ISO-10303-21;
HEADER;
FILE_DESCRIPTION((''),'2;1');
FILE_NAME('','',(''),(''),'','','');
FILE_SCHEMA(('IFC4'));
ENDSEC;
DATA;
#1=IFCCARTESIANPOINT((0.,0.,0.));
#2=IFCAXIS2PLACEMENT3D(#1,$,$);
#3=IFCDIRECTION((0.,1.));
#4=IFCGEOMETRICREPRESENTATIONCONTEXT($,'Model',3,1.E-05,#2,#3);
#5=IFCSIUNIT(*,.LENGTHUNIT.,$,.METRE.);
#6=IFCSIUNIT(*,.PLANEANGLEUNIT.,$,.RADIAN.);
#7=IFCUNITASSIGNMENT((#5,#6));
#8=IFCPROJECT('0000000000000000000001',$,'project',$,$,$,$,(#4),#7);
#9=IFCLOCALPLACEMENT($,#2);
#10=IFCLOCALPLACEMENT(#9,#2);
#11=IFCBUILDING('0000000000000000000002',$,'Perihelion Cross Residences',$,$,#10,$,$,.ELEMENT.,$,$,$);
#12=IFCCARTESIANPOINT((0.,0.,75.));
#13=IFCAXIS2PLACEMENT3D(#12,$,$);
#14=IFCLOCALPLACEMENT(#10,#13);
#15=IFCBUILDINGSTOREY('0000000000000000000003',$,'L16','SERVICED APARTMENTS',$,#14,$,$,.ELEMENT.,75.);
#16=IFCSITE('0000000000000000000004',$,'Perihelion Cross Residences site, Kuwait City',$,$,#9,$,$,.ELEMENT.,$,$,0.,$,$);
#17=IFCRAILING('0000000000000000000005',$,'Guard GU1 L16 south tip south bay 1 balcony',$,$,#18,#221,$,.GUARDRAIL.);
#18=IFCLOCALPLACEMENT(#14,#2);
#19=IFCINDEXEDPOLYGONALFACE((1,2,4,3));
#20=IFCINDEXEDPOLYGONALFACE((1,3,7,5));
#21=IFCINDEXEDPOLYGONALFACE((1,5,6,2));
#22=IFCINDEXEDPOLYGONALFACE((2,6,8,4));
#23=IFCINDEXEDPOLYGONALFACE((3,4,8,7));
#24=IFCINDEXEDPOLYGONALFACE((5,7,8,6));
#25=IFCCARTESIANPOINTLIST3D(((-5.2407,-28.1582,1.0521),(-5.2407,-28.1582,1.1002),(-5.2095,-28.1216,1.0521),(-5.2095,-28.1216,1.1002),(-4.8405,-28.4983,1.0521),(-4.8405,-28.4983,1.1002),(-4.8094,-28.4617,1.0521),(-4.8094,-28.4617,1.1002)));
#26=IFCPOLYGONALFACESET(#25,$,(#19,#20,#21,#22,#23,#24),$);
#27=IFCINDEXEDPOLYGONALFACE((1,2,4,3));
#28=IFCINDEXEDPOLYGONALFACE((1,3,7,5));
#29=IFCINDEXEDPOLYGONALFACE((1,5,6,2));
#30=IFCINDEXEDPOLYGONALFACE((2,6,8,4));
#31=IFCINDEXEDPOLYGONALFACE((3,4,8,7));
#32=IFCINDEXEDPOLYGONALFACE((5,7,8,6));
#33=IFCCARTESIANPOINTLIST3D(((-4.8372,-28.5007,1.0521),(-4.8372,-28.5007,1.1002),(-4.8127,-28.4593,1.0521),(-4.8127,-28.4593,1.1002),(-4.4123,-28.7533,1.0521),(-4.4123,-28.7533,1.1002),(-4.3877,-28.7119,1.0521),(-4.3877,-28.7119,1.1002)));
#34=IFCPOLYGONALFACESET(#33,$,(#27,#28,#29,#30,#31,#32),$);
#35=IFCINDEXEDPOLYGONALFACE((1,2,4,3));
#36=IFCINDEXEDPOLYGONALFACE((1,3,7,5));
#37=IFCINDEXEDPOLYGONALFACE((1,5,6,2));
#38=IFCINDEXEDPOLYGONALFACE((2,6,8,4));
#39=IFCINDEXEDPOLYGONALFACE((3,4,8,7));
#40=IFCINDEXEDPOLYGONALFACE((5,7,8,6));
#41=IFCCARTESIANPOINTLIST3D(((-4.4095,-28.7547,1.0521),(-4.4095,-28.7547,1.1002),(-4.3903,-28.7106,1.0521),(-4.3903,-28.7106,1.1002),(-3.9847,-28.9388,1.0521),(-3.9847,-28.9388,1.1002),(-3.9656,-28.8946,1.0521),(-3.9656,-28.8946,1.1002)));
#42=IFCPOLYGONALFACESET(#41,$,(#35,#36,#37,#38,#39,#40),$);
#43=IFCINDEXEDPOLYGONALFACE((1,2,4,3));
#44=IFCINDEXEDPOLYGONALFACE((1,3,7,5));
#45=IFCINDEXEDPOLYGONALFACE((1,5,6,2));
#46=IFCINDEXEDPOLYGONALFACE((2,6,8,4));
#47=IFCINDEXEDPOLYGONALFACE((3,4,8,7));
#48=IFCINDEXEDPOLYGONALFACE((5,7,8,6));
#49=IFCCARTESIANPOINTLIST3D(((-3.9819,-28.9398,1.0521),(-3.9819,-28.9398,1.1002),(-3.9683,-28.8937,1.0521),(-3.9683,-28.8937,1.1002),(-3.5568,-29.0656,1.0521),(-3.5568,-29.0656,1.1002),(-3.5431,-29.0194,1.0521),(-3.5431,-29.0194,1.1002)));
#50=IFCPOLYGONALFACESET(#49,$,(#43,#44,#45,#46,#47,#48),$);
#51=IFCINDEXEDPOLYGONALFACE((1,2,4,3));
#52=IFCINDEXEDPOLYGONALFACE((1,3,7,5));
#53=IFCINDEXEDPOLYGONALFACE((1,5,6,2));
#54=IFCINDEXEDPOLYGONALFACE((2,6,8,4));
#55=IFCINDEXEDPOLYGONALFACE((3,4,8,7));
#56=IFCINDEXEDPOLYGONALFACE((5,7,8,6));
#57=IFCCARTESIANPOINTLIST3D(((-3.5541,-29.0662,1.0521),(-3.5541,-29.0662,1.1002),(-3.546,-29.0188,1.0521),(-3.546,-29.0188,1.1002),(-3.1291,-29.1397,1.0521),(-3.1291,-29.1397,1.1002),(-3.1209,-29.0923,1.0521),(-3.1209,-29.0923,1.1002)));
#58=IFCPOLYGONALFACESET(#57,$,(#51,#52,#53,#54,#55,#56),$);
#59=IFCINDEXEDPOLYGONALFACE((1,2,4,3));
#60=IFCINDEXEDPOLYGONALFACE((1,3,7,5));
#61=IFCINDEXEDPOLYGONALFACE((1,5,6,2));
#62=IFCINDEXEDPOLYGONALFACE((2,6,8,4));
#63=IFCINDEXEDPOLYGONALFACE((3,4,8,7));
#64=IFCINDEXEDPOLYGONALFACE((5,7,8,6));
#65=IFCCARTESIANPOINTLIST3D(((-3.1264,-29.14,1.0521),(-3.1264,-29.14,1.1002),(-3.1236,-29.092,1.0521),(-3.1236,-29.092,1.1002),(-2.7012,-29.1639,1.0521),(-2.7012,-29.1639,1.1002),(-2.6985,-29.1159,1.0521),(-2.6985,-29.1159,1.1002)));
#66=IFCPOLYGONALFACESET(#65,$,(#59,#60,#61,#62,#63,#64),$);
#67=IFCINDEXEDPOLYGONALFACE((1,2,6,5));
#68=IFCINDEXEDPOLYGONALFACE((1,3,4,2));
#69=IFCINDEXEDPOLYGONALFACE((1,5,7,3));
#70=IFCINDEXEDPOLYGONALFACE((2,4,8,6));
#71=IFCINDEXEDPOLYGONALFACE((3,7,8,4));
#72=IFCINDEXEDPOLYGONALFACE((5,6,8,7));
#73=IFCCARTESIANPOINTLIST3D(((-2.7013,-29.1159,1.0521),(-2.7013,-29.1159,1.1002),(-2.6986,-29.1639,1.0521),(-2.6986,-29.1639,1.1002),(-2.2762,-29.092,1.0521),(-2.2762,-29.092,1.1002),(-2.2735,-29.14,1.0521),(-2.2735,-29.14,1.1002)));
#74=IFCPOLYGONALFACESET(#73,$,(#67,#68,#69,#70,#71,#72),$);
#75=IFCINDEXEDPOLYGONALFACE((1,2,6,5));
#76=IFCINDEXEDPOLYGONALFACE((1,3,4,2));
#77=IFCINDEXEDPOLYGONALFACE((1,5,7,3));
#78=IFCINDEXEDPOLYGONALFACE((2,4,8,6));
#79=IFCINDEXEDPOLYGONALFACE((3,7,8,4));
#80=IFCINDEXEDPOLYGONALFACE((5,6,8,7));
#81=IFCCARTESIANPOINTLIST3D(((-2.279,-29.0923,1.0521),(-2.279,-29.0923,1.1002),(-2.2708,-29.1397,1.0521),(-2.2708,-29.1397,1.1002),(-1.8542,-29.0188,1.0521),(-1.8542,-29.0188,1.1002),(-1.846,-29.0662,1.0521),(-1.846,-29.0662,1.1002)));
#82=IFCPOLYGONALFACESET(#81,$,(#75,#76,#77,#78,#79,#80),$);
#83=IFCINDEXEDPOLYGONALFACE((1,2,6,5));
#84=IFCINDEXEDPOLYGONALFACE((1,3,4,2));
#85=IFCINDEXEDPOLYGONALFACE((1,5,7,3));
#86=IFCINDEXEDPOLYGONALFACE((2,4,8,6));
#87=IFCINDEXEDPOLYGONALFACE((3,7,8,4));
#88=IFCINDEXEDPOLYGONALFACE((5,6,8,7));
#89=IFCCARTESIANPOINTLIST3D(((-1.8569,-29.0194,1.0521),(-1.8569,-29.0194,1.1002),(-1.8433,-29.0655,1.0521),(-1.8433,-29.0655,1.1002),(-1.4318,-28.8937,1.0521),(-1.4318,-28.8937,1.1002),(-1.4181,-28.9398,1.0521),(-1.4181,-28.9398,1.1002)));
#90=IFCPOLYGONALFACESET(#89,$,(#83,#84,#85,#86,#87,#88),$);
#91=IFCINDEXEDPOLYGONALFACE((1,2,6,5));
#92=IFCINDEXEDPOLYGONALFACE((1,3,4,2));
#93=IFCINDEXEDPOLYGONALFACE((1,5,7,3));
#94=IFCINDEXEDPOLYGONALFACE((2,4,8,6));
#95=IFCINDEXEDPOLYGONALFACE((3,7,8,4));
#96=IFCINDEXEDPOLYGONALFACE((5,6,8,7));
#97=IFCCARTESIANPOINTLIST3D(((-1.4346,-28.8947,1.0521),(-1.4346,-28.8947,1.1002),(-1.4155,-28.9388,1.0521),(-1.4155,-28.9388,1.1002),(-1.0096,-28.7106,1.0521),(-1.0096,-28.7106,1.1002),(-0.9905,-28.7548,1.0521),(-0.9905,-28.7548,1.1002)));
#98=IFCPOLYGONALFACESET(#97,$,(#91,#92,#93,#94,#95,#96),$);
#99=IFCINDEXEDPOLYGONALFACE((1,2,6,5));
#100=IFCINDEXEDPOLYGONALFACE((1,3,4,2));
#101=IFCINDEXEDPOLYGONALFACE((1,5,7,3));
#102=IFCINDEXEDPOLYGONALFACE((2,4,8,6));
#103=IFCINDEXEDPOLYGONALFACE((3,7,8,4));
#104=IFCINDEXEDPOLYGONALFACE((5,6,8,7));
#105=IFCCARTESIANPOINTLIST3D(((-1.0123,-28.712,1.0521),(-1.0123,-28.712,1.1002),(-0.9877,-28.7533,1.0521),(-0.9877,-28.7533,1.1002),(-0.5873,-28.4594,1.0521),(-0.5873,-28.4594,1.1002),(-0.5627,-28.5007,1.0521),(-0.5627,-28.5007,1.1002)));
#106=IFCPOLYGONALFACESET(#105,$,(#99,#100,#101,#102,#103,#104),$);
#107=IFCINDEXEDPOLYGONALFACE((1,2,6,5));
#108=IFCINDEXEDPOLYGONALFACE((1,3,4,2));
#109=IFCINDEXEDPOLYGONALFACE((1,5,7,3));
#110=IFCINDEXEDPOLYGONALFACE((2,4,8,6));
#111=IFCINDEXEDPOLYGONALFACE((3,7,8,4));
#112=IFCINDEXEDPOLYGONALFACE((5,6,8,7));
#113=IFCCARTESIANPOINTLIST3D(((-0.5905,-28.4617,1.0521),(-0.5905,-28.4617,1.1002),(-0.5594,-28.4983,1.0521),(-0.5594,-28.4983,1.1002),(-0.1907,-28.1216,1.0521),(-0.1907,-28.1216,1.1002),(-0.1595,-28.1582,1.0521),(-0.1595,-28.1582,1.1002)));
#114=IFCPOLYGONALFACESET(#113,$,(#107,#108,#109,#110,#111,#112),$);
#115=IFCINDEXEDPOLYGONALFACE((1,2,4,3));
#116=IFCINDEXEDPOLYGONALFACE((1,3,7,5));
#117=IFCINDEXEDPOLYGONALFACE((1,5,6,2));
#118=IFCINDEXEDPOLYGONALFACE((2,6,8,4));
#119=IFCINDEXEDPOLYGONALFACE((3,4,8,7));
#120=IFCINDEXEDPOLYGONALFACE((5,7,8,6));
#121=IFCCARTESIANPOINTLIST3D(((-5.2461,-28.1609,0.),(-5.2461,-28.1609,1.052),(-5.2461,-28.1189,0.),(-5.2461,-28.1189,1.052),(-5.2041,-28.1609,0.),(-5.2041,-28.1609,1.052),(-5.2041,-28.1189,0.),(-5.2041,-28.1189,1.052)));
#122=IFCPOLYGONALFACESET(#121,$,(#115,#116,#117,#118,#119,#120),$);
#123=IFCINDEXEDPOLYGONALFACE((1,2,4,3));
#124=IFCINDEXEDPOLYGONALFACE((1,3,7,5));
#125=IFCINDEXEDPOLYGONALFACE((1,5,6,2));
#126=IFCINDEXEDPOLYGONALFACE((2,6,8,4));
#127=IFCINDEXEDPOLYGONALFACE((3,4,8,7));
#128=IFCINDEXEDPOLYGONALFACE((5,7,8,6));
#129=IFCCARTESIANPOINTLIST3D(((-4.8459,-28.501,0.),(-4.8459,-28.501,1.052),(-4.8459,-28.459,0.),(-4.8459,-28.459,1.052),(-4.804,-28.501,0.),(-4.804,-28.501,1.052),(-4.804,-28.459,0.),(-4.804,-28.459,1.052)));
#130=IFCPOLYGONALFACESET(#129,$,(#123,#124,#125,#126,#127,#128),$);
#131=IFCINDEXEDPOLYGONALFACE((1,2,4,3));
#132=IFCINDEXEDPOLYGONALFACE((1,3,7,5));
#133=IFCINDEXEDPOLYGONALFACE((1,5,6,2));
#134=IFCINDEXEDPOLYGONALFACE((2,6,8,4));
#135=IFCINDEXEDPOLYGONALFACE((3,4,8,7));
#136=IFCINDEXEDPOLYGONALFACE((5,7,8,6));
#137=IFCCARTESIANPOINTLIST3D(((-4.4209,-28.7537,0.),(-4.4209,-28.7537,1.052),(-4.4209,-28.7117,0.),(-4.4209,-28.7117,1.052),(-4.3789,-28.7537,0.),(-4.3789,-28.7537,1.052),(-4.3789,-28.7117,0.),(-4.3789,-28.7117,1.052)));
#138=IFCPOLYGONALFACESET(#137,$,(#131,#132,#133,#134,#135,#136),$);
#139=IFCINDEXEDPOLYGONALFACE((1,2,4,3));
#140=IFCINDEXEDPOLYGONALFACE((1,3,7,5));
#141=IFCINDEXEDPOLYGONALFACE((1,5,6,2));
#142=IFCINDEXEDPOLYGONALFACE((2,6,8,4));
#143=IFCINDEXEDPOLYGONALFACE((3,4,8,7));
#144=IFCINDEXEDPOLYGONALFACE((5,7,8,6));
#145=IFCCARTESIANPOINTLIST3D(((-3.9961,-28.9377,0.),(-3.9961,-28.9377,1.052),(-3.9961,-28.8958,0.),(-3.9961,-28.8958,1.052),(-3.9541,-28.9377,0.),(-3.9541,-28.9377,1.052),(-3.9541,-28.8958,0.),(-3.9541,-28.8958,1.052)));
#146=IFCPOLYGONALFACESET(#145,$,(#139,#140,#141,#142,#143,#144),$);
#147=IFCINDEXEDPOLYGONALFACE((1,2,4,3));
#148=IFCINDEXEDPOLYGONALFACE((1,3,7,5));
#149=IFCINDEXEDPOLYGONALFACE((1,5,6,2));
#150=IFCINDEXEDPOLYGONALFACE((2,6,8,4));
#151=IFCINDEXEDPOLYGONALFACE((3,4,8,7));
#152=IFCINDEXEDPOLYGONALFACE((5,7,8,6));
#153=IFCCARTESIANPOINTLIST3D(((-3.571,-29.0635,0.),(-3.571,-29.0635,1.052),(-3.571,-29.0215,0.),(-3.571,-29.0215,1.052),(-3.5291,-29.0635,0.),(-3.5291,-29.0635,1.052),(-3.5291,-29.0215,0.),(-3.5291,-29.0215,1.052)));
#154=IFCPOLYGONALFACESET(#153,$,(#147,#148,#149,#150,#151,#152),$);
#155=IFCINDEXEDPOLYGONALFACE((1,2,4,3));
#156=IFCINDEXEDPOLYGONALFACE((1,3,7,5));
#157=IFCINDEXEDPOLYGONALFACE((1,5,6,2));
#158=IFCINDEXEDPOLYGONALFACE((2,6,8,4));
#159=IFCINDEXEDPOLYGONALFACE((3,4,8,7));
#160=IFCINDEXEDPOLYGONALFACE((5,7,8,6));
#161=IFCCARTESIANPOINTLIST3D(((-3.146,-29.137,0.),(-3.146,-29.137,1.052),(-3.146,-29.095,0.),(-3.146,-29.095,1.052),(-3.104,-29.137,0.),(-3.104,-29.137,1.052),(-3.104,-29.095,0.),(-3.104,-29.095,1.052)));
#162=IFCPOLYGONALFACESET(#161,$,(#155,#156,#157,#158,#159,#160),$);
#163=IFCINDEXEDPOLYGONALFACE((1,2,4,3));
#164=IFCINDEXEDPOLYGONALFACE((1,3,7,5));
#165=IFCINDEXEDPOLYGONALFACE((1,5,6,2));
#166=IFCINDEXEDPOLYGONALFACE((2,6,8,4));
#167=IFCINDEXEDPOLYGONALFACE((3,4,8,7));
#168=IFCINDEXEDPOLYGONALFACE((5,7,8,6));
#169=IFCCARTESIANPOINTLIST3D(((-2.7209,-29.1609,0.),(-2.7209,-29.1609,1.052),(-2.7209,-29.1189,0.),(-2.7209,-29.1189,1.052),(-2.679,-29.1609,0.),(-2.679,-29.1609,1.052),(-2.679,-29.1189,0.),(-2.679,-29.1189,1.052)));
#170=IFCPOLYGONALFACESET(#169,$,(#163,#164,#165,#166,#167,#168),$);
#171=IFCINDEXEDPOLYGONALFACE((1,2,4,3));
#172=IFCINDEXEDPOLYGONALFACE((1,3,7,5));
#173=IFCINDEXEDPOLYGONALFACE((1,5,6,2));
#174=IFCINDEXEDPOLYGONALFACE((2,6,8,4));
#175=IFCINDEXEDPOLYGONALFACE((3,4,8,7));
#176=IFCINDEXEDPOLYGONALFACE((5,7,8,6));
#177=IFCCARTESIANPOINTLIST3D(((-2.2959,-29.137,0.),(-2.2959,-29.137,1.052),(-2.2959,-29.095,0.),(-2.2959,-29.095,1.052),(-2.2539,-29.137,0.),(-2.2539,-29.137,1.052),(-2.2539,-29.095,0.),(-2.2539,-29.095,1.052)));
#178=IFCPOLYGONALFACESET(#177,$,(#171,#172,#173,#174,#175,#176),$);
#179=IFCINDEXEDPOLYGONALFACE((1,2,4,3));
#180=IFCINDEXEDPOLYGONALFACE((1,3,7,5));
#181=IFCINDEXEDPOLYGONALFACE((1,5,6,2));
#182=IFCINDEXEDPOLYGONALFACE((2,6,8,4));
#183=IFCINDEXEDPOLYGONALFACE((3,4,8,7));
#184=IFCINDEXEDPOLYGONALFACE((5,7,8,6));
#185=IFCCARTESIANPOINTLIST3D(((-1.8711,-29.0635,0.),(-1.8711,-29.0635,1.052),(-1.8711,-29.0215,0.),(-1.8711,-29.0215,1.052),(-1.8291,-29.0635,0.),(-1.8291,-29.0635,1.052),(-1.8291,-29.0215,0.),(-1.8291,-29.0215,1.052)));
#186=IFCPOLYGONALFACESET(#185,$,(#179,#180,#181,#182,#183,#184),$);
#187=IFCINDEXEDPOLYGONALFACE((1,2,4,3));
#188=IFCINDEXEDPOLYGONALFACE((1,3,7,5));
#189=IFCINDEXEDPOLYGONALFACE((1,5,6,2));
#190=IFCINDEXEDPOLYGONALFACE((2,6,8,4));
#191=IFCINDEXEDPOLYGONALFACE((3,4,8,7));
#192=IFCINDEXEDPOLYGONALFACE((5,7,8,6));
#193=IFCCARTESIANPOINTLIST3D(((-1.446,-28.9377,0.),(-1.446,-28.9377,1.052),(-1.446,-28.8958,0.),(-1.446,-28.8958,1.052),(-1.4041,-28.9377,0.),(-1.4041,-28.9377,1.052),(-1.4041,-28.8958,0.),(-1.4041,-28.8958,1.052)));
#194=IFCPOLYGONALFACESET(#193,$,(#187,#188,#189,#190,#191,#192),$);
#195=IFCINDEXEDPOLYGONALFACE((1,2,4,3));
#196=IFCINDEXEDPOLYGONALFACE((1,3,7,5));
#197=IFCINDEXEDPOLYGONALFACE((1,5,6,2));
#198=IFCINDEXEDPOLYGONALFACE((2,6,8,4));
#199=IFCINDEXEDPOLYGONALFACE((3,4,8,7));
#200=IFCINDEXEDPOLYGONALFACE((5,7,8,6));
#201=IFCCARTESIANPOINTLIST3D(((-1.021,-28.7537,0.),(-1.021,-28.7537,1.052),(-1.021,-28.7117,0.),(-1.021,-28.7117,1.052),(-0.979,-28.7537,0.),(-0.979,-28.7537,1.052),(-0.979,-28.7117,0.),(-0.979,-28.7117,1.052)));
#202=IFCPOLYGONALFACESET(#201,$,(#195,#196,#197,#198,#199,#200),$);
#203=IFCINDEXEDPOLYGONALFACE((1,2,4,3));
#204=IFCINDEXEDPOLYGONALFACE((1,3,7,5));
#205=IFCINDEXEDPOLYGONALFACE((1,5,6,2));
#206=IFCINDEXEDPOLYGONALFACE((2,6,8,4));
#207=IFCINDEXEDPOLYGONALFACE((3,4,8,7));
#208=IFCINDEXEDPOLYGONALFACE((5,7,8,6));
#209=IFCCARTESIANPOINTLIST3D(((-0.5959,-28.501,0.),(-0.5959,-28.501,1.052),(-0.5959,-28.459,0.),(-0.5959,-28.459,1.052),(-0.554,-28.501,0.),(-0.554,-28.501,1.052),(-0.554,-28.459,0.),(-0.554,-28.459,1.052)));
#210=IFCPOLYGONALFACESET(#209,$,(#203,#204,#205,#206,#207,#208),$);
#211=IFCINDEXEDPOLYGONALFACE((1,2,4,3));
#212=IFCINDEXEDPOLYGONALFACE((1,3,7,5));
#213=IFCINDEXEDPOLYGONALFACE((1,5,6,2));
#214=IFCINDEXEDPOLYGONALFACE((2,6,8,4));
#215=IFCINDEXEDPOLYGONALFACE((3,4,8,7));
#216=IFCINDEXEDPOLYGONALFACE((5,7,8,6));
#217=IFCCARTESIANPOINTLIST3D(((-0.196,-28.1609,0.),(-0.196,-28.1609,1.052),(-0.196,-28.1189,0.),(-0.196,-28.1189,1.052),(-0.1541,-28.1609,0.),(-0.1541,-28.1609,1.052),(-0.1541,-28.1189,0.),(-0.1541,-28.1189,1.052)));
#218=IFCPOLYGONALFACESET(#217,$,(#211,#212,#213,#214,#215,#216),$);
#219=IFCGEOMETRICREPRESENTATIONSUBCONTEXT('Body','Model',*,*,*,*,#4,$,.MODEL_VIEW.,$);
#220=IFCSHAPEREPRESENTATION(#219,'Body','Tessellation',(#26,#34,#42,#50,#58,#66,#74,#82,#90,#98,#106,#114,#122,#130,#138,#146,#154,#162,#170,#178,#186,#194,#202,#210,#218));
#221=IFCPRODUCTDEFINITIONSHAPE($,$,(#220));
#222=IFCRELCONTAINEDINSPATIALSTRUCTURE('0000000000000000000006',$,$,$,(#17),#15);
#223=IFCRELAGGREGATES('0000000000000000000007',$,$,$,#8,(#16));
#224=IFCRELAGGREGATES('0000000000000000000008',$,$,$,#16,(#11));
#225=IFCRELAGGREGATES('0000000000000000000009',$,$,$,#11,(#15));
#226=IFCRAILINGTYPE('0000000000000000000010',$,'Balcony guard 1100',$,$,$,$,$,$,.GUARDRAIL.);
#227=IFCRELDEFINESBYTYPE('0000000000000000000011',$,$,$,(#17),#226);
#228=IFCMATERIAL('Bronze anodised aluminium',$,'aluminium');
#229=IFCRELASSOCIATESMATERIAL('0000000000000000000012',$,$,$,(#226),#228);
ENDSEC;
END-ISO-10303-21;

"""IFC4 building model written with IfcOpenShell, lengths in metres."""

from ifc_helpers import new_model, si_unit, direction, frame, origin, origin_2d, place, context, subcontext, project, spatial, rectangle, extrude, material, type_object, element, save


model = new_model("IFC4")

# Units and contexts
model_context = context("Model", 3, precision=1e-05, world=origin(), true_north=direction((0.0, 1.0)))
body_context = subcontext(model_context, "Body", "Model", "MODEL_VIEW")
ifc_project = project(units=[si_unit("LENGTHUNIT", "METRE"), si_unit("PLANEANGLEUNIT", "RADIAN")], contexts=[model_context])

# Site, building, storey
site_placement = place(None, origin())
site = spatial("IfcSite", under=ifc_project, at=site_placement, Name="Perihelion Cross Residences site, Kuwait City", CompositionType="ELEMENT", RefElevation=0.0)
building_placement = place(site_placement, origin())
building = spatial("IfcBuilding", under=site, at=building_placement, Name="Perihelion Cross Residences", CompositionType="ELEMENT")
storey_placement = place(building_placement, frame((0.0, 0.0, 75.0)))
storey = spatial("IfcBuildingStorey", under=building, at=storey_placement, Name="L16", Description="SERVICED APARTMENTS", CompositionType="ELEMENT", Elevation=75.0)

# Railing
ifc_material_1 = material(Name="Bronze anodised aluminium", Category="aluminium")
railing_type = type_object("IfcRailingType", Name="Balcony guard 1100", PredefinedType="GUARDRAIL", material=ifc_material_1)
railing_placement = place(storey_placement, frame((-5.2251, -28.1399, 0.0)))
element("IfcRailing", 1, at=railing_placement, inside=storey, type_object=railing_type, Name="Guard GU1 L16 south tip south bay 1 balcony", PredefinedType="GUARDRAIL", context=body_context, shape_type="SweptSolid", body=[
    extrude(rectangle(XDim=0.0481, YDim=0.0481, at=origin_2d()), frame((0.0, 0.0, 1.0762), z_axis=(0.761974, -0.647608, 0.0), x_axis=(0.647608, 0.761974, 0.0)), (0.0, 0.0, 1.0), 0.5251),
    extrude(rectangle(XDim=0.0481, YDim=0.0481, at=origin_2d()), frame((0.4001, -0.3401, 1.0762), z_axis=(0.859577, -0.511006, 0.0), x_axis=(0.511006, 0.859577, 0.0)), (0.0, 0.0, 1.0), 0.4944),
    extrude(rectangle(XDim=0.0481, YDim=0.0481, at=origin_2d()), frame((0.8252, -0.5928, 1.0762), z_axis=(0.917556, -0.397607, 0.0), x_axis=(0.397607, 0.917556, 0.0)), (0.0, 0.0, 1.0), 0.4629),
    extrude(rectangle(XDim=0.0481, YDim=0.0481, at=origin_2d()), frame((1.25, -0.7769, 1.0762), z_axis=(0.958926, -0.283657, 0.0), x_axis=(0.283657, 0.958926, 0.0)), (0.0, 0.0, 1.0), 0.4434),
    extrude(rectangle(XDim=0.0481, YDim=0.0481, at=origin_2d()), frame((1.675, -0.9026, 1.0762), z_axis=(0.985382, -0.170362, 0.0), x_axis=(0.170362, 0.985382, 0.0)), (0.0, 0.0, 1.0), 0.4314),
    extrude(rectangle(XDim=0.0481, YDim=0.0481, at=origin_2d()), frame((2.1001, -0.9761, 1.0762), z_axis=(0.99842, -0.056201, 0.0), x_axis=(0.056201, 0.99842, 0.0)), (0.0, 0.0, 1.0), 0.4258),
    extrude(rectangle(XDim=0.0481, YDim=0.0481, at=origin_2d()), frame((2.5251, -1.0, 1.0762), z_axis=(0.99842, 0.056201, 0.0), x_axis=(-0.056201, 0.99842, 0.0)), (0.0, 0.0, 1.0), 0.4258),
    extrude(rectangle(XDim=0.0481, YDim=0.0481, at=origin_2d()), frame((2.9502, -0.9761, 1.0762), z_axis=(0.985365, 0.170457, 0.0), x_axis=(-0.170457, 0.985365, 0.0)), (0.0, 0.0, 1.0), 0.4312),
    extrude(rectangle(XDim=0.0481, YDim=0.0481, at=origin_2d()), frame((3.375, -0.9026, 1.0762), z_axis=(0.958926, 0.283657, 0.0), x_axis=(-0.283657, 0.958926, 0.0)), (0.0, 0.0, 1.0), 0.4434),
    extrude(rectangle(XDim=0.0481, YDim=0.0481, at=origin_2d()), frame((3.8, -0.7769, 1.0762), z_axis=(0.917639, 0.397415, 0.0), x_axis=(-0.397415, 0.917639, 0.0)), (0.0, 0.0, 1.0), 0.4631),
    extrude(rectangle(XDim=0.0481, YDim=0.0481, at=origin_2d()), frame((4.2251, -0.5928, 1.0762), z_axis=(0.859577, 0.511006, 0.0), x_axis=(-0.511006, 0.859577, 0.0)), (0.0, 0.0, 1.0), 0.4944),
    extrude(rectangle(XDim=0.0481, YDim=0.0481, at=origin_2d()), frame((4.6501, -0.3401, 1.0762), z_axis=(0.761779, 0.647837, 0.0), x_axis=(-0.647837, 0.761779, 0.0)), (0.0, 0.0, 1.0), 0.5249),
    extrude(rectangle(XDim=0.042, YDim=0.042, at=origin_2d()), origin(), (0.0, 0.0, 1.0), 1.052),
    extrude(rectangle(XDim=0.042, YDim=0.042, at=origin_2d()), frame((0.4001, -0.3401, 0.0)), (0.0, 0.0, 1.0), 1.052),
    extrude(rectangle(XDim=0.042, YDim=0.042, at=origin_2d()), frame((0.8252, -0.5928, 0.0)), (0.0, 0.0, 1.0), 1.052),
    extrude(rectangle(XDim=0.042, YDim=0.042, at=origin_2d()), frame((1.25, -0.7769, 0.0)), (0.0, 0.0, 1.0), 1.052),
    extrude(rectangle(XDim=0.042, YDim=0.042, at=origin_2d()), frame((1.675, -0.9026, 0.0)), (0.0, 0.0, 1.0), 1.052),
    extrude(rectangle(XDim=0.042, YDim=0.042, at=origin_2d()), frame((2.1001, -0.9761, 0.0)), (0.0, 0.0, 1.0), 1.052),
    extrude(rectangle(XDim=0.042, YDim=0.042, at=origin_2d()), frame((2.5251, -1.0, 0.0)), (0.0, 0.0, 1.0), 1.052),
    extrude(rectangle(XDim=0.042, YDim=0.042, at=origin_2d()), frame((2.9502, -0.9761, 0.0)), (0.0, 0.0, 1.0), 1.052),
    extrude(rectangle(XDim=0.042, YDim=0.042, at=origin_2d()), frame((3.375, -0.9026, 0.0)), (0.0, 0.0, 1.0), 1.052),
    extrude(rectangle(XDim=0.042, YDim=0.042, at=origin_2d()), frame((3.8, -0.7769, 0.0)), (0.0, 0.0, 1.0), 1.052),
    extrude(rectangle(XDim=0.042, YDim=0.042, at=origin_2d()), frame((4.2251, -0.5928, 0.0)), (0.0, 0.0, 1.0), 1.052),
    extrude(rectangle(XDim=0.042, YDim=0.042, at=origin_2d()), frame((4.6501, -0.3401, 0.0)), (0.0, 0.0, 1.0), 1.052),
    extrude(rectangle(XDim=0.042, YDim=0.042, at=origin_2d()), frame((5.05, 0.0, 0.0)), (0.0, 0.0, 1.0), 1.052),
])

save(model, "model.ifc")
